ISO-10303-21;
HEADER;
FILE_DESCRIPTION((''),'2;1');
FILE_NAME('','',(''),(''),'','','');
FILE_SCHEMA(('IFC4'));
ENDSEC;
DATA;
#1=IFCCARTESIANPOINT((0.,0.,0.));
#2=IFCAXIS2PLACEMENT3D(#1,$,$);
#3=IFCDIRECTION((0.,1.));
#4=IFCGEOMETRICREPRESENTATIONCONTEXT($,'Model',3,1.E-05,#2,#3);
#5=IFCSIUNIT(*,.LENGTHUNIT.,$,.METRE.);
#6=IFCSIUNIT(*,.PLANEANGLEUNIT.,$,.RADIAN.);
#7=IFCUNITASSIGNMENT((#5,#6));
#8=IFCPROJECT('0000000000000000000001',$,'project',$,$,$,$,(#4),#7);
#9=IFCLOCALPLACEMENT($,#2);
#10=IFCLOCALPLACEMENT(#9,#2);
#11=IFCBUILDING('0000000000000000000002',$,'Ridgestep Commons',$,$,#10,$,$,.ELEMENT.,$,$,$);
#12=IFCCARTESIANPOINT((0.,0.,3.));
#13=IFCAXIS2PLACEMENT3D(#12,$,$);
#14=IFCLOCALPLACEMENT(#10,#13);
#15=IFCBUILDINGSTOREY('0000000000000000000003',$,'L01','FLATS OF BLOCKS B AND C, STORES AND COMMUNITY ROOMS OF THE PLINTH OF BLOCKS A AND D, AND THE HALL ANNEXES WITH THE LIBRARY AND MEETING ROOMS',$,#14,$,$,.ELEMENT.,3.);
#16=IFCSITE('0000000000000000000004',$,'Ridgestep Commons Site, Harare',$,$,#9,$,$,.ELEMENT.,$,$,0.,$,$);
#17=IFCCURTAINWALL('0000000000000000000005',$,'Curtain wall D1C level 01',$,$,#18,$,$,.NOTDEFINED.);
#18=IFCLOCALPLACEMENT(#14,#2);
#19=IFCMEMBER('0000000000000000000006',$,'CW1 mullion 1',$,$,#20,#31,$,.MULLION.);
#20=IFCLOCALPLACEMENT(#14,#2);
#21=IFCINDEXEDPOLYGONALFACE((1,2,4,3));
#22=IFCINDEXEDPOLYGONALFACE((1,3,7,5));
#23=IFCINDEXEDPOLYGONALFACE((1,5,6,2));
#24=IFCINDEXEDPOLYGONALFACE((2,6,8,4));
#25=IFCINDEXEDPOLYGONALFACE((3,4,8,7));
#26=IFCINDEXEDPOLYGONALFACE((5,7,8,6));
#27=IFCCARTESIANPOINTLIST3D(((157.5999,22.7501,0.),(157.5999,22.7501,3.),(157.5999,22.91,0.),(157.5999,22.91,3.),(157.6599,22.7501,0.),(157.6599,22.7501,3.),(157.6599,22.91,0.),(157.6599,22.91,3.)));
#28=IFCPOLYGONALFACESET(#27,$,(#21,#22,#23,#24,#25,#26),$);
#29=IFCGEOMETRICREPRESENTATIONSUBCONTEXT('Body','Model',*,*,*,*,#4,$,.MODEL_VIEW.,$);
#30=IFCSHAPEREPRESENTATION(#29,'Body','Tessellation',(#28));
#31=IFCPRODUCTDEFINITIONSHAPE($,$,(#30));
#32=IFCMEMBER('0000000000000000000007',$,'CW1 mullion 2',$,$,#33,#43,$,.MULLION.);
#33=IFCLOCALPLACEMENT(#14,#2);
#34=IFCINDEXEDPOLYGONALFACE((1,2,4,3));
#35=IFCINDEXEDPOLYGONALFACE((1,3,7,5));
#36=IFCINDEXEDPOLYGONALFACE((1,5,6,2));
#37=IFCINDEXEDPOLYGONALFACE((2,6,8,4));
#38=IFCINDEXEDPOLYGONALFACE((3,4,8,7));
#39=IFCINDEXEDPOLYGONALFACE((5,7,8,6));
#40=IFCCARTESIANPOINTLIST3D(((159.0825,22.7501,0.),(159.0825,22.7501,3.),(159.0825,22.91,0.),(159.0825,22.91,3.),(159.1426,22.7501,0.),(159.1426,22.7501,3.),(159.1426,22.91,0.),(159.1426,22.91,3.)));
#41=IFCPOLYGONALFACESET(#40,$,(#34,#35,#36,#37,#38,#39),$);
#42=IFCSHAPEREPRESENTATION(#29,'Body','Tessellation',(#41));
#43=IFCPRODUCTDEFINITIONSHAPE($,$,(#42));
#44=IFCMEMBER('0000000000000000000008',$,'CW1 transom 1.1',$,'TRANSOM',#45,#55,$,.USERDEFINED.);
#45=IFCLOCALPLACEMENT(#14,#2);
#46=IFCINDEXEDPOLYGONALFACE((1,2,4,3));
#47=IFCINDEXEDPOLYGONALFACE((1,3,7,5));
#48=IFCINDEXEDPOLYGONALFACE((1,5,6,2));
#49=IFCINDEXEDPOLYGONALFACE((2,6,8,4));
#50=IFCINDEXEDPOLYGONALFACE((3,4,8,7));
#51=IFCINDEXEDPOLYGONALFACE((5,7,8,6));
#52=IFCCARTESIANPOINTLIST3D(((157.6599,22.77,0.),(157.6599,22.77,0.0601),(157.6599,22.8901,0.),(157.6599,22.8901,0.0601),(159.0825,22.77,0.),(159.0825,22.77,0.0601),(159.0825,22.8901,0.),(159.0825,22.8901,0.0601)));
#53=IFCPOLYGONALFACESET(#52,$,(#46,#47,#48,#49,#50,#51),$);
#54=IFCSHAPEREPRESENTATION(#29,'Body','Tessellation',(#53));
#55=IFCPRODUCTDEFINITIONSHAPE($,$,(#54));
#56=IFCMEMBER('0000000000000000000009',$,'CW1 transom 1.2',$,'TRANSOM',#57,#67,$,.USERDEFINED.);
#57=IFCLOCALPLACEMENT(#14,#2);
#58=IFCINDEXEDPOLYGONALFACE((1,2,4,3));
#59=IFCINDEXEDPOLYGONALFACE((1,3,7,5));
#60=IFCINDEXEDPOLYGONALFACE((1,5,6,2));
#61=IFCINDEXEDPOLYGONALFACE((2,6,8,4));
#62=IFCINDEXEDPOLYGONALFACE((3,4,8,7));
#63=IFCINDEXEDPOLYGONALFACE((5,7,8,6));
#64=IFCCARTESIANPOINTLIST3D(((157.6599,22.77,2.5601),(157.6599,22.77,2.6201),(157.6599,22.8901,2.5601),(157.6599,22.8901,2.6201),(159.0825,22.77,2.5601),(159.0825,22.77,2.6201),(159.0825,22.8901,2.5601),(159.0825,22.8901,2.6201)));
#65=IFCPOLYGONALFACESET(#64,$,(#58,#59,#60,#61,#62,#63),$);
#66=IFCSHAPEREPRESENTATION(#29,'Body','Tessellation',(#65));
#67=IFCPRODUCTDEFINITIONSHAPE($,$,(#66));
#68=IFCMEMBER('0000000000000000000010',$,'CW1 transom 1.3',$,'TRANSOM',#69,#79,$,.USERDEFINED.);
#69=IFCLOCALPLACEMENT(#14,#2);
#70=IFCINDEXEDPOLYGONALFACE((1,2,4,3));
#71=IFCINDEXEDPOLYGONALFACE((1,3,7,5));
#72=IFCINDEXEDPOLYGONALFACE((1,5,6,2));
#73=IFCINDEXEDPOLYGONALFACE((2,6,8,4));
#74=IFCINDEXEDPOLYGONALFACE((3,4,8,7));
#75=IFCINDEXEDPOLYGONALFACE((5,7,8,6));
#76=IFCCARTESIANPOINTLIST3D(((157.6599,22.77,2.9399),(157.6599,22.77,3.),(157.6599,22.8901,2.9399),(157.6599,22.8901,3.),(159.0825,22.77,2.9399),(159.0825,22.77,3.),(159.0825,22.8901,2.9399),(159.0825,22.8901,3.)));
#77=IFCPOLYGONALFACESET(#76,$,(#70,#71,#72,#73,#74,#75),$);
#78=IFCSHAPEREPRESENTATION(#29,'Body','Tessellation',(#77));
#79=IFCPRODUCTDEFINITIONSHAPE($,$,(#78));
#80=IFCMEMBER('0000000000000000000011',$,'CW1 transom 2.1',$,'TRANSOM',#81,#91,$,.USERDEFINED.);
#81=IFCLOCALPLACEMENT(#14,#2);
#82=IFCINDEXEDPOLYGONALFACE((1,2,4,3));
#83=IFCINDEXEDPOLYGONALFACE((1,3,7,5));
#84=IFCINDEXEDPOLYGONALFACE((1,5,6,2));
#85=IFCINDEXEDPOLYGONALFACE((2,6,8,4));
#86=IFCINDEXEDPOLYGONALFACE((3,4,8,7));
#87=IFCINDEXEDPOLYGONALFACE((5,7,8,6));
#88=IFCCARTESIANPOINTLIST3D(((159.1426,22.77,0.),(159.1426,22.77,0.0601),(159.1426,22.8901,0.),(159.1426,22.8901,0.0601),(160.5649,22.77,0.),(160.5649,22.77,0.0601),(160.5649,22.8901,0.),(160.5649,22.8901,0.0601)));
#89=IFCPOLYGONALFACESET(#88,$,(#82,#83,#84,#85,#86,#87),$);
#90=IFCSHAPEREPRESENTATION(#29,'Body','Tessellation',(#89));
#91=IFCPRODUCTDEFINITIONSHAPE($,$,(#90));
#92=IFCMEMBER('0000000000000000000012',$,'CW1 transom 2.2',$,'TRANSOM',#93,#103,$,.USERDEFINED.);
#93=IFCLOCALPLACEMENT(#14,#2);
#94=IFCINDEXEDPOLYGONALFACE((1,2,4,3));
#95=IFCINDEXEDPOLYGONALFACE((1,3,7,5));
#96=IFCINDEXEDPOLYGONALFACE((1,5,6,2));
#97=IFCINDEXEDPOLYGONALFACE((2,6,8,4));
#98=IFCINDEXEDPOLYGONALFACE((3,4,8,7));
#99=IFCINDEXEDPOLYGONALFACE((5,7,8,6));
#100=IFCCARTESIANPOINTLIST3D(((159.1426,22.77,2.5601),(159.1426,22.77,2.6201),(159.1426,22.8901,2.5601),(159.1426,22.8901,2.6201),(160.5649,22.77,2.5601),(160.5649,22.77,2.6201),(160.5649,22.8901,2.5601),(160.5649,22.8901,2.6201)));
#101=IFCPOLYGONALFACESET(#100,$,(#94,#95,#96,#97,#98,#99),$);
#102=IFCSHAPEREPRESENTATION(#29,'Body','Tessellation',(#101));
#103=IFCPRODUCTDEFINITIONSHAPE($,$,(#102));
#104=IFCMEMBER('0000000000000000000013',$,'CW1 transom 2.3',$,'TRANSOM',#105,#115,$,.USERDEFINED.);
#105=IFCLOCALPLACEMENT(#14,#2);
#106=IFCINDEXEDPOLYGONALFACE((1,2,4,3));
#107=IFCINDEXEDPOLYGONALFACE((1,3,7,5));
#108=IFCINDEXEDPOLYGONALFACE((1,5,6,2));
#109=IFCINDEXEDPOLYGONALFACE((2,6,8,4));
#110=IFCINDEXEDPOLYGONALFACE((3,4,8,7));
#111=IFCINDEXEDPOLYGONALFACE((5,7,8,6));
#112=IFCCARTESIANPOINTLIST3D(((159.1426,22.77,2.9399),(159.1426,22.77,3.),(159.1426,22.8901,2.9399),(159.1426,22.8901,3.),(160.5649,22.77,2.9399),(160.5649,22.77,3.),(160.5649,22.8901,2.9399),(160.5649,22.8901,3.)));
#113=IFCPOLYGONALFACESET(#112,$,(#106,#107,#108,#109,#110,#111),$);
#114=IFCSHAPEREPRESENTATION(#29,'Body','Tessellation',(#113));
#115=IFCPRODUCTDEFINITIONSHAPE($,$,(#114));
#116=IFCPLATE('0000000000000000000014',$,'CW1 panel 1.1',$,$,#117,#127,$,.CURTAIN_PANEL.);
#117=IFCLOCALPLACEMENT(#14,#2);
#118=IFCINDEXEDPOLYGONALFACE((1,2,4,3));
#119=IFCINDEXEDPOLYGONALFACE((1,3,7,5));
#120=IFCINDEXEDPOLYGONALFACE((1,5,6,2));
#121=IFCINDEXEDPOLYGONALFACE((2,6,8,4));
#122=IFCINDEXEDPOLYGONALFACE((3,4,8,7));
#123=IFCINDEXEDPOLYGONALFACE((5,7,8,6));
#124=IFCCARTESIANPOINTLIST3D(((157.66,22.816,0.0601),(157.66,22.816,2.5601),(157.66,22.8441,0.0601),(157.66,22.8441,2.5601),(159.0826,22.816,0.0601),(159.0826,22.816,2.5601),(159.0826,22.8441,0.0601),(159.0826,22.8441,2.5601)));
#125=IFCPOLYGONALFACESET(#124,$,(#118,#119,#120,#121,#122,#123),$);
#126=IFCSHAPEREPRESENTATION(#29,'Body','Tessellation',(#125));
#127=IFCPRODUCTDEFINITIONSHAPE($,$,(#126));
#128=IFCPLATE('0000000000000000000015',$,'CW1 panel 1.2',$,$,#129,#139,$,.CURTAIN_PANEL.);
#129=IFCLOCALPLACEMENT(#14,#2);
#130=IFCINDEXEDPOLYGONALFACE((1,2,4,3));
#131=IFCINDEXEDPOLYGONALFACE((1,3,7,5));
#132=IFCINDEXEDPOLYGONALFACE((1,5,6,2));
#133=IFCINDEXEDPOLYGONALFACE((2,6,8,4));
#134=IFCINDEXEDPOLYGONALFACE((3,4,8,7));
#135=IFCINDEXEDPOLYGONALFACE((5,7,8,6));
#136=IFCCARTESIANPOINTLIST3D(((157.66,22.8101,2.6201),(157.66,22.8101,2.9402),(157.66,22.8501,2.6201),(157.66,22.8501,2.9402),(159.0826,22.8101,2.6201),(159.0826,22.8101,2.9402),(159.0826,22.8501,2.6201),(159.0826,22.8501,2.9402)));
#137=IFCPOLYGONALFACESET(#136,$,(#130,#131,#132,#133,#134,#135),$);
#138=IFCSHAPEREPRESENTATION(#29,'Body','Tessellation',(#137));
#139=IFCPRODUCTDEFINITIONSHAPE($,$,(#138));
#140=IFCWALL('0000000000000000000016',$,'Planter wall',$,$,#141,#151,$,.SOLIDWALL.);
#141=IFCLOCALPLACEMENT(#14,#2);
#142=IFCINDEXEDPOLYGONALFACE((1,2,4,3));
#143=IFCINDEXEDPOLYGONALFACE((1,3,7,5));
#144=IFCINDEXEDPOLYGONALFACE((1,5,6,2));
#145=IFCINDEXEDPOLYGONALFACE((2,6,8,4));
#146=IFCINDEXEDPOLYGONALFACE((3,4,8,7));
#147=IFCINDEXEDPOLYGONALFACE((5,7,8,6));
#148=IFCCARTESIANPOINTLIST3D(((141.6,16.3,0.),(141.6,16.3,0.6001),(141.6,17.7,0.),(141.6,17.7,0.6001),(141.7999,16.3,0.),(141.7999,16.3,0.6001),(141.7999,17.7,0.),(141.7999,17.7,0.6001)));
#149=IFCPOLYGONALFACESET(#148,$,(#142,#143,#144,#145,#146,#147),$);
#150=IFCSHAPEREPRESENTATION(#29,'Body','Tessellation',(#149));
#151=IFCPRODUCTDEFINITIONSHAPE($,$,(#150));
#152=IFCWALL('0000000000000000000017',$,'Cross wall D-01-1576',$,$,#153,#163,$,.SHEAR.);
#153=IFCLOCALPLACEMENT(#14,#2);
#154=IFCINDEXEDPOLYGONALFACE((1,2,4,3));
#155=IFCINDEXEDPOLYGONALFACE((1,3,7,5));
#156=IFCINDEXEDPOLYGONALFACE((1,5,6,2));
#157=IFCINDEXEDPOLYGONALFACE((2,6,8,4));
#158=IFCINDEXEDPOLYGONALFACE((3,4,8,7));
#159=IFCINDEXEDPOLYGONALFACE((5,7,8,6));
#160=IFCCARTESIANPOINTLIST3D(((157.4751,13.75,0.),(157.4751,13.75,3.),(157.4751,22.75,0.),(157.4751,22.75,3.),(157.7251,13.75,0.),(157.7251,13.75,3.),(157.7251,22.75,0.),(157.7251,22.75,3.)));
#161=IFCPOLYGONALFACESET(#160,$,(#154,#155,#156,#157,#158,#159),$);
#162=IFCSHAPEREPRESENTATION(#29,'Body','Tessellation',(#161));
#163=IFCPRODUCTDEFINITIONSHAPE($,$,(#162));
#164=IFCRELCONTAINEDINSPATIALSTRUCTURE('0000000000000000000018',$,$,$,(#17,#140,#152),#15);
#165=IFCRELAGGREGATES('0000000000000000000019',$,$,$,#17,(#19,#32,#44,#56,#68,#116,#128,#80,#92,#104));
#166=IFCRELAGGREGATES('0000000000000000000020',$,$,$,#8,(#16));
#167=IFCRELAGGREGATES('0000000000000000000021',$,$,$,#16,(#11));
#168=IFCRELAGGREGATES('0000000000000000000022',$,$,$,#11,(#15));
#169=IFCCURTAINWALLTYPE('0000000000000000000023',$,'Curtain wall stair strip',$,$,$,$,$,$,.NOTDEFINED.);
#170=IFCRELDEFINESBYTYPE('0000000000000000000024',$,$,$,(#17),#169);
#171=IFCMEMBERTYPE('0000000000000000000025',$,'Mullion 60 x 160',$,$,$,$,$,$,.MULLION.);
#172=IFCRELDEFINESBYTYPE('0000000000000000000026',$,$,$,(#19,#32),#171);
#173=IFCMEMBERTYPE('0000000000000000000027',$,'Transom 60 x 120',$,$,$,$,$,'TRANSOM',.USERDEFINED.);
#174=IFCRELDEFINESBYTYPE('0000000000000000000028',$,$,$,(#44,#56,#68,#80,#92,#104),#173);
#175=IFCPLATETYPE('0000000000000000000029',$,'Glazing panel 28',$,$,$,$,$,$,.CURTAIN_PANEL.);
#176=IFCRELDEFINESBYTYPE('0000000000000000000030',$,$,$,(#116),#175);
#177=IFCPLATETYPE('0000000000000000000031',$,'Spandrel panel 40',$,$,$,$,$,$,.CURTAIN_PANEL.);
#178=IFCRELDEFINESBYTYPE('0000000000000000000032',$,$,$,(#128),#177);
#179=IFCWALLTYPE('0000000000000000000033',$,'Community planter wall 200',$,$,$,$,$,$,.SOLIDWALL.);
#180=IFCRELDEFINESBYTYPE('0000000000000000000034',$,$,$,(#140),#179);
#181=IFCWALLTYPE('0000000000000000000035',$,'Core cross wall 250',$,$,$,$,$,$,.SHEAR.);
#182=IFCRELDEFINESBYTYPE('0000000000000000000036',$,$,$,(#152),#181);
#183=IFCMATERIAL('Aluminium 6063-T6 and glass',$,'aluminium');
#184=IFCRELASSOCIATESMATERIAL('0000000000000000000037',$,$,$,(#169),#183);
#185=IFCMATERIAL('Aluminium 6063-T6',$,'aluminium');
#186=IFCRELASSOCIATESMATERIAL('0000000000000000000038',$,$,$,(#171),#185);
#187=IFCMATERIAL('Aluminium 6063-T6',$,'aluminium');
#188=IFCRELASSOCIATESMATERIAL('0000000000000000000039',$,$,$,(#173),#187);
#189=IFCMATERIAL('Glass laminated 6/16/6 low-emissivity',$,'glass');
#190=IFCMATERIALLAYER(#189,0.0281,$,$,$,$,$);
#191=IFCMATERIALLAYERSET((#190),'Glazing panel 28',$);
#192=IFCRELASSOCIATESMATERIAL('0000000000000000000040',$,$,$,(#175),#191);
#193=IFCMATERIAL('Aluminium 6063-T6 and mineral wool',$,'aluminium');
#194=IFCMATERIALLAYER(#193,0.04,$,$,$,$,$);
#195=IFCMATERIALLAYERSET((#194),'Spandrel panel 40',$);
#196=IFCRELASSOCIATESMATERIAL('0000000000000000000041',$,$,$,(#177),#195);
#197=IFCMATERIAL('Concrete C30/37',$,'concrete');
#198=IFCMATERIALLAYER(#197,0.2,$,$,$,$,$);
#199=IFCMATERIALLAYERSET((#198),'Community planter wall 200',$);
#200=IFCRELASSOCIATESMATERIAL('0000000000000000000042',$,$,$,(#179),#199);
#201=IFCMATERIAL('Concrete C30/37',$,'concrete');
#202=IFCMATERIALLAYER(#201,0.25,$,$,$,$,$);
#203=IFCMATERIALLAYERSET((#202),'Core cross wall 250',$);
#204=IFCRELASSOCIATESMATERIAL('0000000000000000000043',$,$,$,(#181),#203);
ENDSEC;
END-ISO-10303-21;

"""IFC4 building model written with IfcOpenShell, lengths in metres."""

from ifc_helpers import new_model, si_unit, direction, frame, frame_2d, origin, origin_2d, place, context, subcontext, project, spatial, rectangle, extrude, material, layer, layer_set, material_profile, profile_set, type_object, element, aggregate, save


model = new_model("IFC4")

# Units and contexts
model_context = context("Model", 3, precision=1e-05, world=origin(), true_north=direction((0.0, 1.0)))
body_context = subcontext(model_context, "Body", "Model", "MODEL_VIEW")
ifc_project = project(units=[si_unit("LENGTHUNIT", "METRE"), si_unit("PLANEANGLEUNIT", "RADIAN")], contexts=[model_context])

# Site, building, storey
site_placement = place(None, origin())
site = spatial("IfcSite", under=ifc_project, at=site_placement, Name="Ridgestep Commons Site, Harare", CompositionType="ELEMENT", RefElevation=0.0)
building_placement = place(site_placement, origin())
building = spatial("IfcBuilding", under=site, at=building_placement, Name="Ridgestep Commons", CompositionType="ELEMENT")
storey_placement = place(building_placement, frame((0.0, 0.0, 3.0)))
storey = spatial("IfcBuildingStorey", under=building, at=storey_placement, Name="L01", Description="FLATS OF BLOCKS B AND C, STORES AND COMMUNITY ROOMS OF THE PLINTH OF BLOCKS A AND D, AND THE HALL ANNEXES WITH THE LIBRARY AND MEETING ROOMS", CompositionType="ELEMENT", Elevation=3.0)

# Curtain wall, members, plates
ifc_material_1 = material(Name="Aluminium 6063-T6 and glass", Category="aluminium")
curtain_wall_type = type_object("IfcCurtainWallType", Name="Curtain wall stair strip", PredefinedType="NOTDEFINED", material=ifc_material_1)
curtain_wall_placement = place(storey_placement, origin())
curtain_wall = element("IfcCurtainWall", 1, at=curtain_wall_placement, inside=storey, type_object=curtain_wall_type, Name="Curtain wall D1C level 01", PredefinedType="NOTDEFINED")
ifc_material_2 = material(Name="Aluminium 6063-T6", Category="aluminium")
ifc_material_profile_1 = material_profile(ifc_material_2, rectangle(XDim=0.1599, YDim=0.0601, at=origin_2d()), Name="Mullion 60 x 160")
ifc_profile_set_1 = profile_set([ifc_material_profile_1], Name="Aluminium 6063-T6")
member_type_1 = type_object("IfcMemberType", Name="Mullion 60 x 160", PredefinedType="MULLION", material=ifc_profile_set_1)
member_1_placement = place(storey_placement, frame((157.6299, 22.8301, 0.0), z_axis=(0.0, 0.0, 1.0), x_axis=(0.0, 1.0, 0.0)))
member_1 = element("IfcMember", 2, at=member_1_placement, type_object=member_type_1, Name="CW1 mullion 1", PredefinedType="MULLION", context=body_context, shape_type="SweptSolid", body=[
    extrude(rectangle(XDim=0.1599, YDim=0.0601, at=origin_2d()), origin(), (0.0, 0.0, 1.0), 3.0),
])
member_2_placement = place(storey_placement, frame((159.1125, 22.8301, 0.0), z_axis=(0.0, 0.0, 1.0), x_axis=(0.0, 1.0, 0.0)))
member_2 = element("IfcMember", 3, at=member_2_placement, type_object=member_type_1, Name="CW1 mullion 2", PredefinedType="MULLION", context=body_context, shape_type="SweptSolid", body=[
    extrude(rectangle(XDim=0.1599, YDim=0.0601, at=origin_2d()), origin(), (0.0, 0.0, 1.0), 3.0),
])
ifc_material_3 = material(Name="Aluminium 6063-T6", Category="aluminium")
ifc_material_profile_2 = material_profile(ifc_material_3, rectangle(XDim=0.1201, YDim=0.0601, at=origin_2d()), Name="Transom 60 x 120")
ifc_profile_set_2 = profile_set([ifc_material_profile_2], Name="Aluminium 6063-T6")
member_type_2 = type_object("IfcMemberType", Name="Transom 60 x 120", ElementType="TRANSOM", PredefinedType="USERDEFINED", material=ifc_profile_set_2)
member_3_placement = place(storey_placement, frame((157.6599, 22.8301, 0.03), z_axis=(1.0, 0.0, 0.0), x_axis=(0.0, 1.0, 0.0)))
member_3 = element("IfcMember", 4, at=member_3_placement, type_object=member_type_2, Name="CW1 transom 1.1", ObjectType="TRANSOM", PredefinedType="USERDEFINED", context=body_context, shape_type="SweptSolid", body=[
    extrude(rectangle(XDim=0.1201, YDim=0.0601, at=origin_2d()), origin(), (0.0, 0.0, 1.0), 1.4226),
])
member_4_placement = place(storey_placement, frame((157.6599, 22.8301, 2.5901), z_axis=(1.0, 0.0, 0.0), x_axis=(0.0, 1.0, 0.0)))
member_4 = element("IfcMember", 5, at=member_4_placement, type_object=member_type_2, Name="CW1 transom 1.2", ObjectType="TRANSOM", PredefinedType="USERDEFINED", context=body_context, shape_type="SweptSolid", body=[
    extrude(rectangle(XDim=0.1201, YDim=0.0601, at=origin_2d()), origin(), (0.0, 0.0, 1.0), 1.4226),
])
member_5_placement = place(storey_placement, frame((157.6599, 22.8301, 2.97), z_axis=(1.0, 0.0, 0.0), x_axis=(0.0, 1.0, 0.0)))
member_5 = element("IfcMember", 6, at=member_5_placement, type_object=member_type_2, Name="CW1 transom 1.3", ObjectType="TRANSOM", PredefinedType="USERDEFINED", context=body_context, shape_type="SweptSolid", body=[
    extrude(rectangle(XDim=0.1201, YDim=0.0601, at=origin_2d()), origin(), (0.0, 0.0, 1.0), 1.4226),
])
member_6_placement = place(storey_placement, frame((159.1426, 22.8301, 0.03), z_axis=(1.0, 0.0, 0.0), x_axis=(0.0, 1.0, 0.0)))
member_6 = element("IfcMember", 7, at=member_6_placement, type_object=member_type_2, Name="CW1 transom 2.1", ObjectType="TRANSOM", PredefinedType="USERDEFINED", context=body_context, shape_type="SweptSolid", body=[
    extrude(rectangle(XDim=0.1201, YDim=0.0601, at=origin_2d()), origin(), (0.0, 0.0, 1.0), 1.4224),
])
member_7_placement = place(storey_placement, frame((159.1426, 22.8301, 2.5901), z_axis=(1.0, 0.0, 0.0), x_axis=(0.0, 1.0, 0.0)))
member_7 = element("IfcMember", 8, at=member_7_placement, type_object=member_type_2, Name="CW1 transom 2.2", ObjectType="TRANSOM", PredefinedType="USERDEFINED", context=body_context, shape_type="SweptSolid", body=[
    extrude(rectangle(XDim=0.1201, YDim=0.0601, at=origin_2d()), origin(), (0.0, 0.0, 1.0), 1.4224),
])
member_8_placement = place(storey_placement, frame((159.1426, 22.8301, 2.97), z_axis=(1.0, 0.0, 0.0), x_axis=(0.0, 1.0, 0.0)))
member_8 = element("IfcMember", 9, at=member_8_placement, type_object=member_type_2, Name="CW1 transom 2.3", ObjectType="TRANSOM", PredefinedType="USERDEFINED", context=body_context, shape_type="SweptSolid", body=[
    extrude(rectangle(XDim=0.1201, YDim=0.0601, at=origin_2d()), origin(), (0.0, 0.0, 1.0), 1.4224),
])
ifc_material_4 = material(Name="Glass laminated 6/16/6 low-emissivity", Category="glass")
ifc_layer_1 = layer(ifc_material_4, 0.0281)
ifc_layer_set_1 = layer_set([ifc_layer_1], Name="Glazing panel 28")
plate_type_1 = type_object("IfcPlateType", Name="Glazing panel 28", PredefinedType="CURTAIN_PANEL", material=ifc_layer_set_1)
plate_1_placement = place(storey_placement, frame((158.3713, 22.8301, 0.0601), z_axis=(0.0, 0.0, 1.0), x_axis=(1.0, 0.0, 0.0)))
plate_1 = element("IfcPlate", 10, at=plate_1_placement, type_object=plate_type_1, Name="CW1 panel 1.1", PredefinedType="CURTAIN_PANEL", context=body_context, shape_type="SweptSolid", body=[
    extrude(rectangle(XDim=1.4226, YDim=0.0281, at=origin_2d()), origin(), (0.0, 0.0, 1.0), 2.5),
])
ifc_material_5 = material(Name="Aluminium 6063-T6 and mineral wool", Category="aluminium")
ifc_layer_2 = layer(ifc_material_5, 0.04)
ifc_layer_set_2 = layer_set([ifc_layer_2], Name="Spandrel panel 40")
plate_type_2 = type_object("IfcPlateType", Name="Spandrel panel 40", PredefinedType="CURTAIN_PANEL", material=ifc_layer_set_2)
plate_2_placement = place(storey_placement, frame((158.3713, 22.8301, 2.6201), z_axis=(0.0, 0.0, 1.0), x_axis=(1.0, 0.0, 0.0)))
plate_2 = element("IfcPlate", 11, at=plate_2_placement, type_object=plate_type_2, Name="CW1 panel 1.2", PredefinedType="CURTAIN_PANEL", context=body_context, shape_type="SweptSolid", body=[
    extrude(rectangle(XDim=1.4226, YDim=0.04, at=origin_2d()), origin(), (0.0, 0.0, 1.0), 0.3201),
])
aggregate(curtain_wall, [member_1, member_2, member_3, member_4, member_5, plate_1, plate_2, member_6, member_7, member_8])

# Walls
ifc_material_6 = material(Name="Concrete C30/37", Category="concrete")
ifc_layer_3 = layer(ifc_material_6, 0.2)
ifc_layer_set_3 = layer_set([ifc_layer_3], Name="Community planter wall 200")
wall_type_1 = type_object("IfcWallType", Name="Community planter wall 200", PredefinedType="SOLIDWALL", material=ifc_layer_set_3)
wall_1_placement = place(storey_placement, frame((141.7, 16.3, 0.0), z_axis=(0.0, 0.0, 1.0), x_axis=(0.0, 1.0, 0.0)))
element("IfcWall", 12, at=wall_1_placement, inside=storey, type_object=wall_type_1, Name="Planter wall", PredefinedType="SOLIDWALL", context=body_context, shape_type="SweptSolid", body=[
    extrude(rectangle(XDim=1.3999, YDim=0.2, at=frame_2d((0.7, 0.0))), origin(), (0.0, 0.0, 1.0), 0.6001),
])
ifc_material_7 = material(Name="Concrete C30/37", Category="concrete")
ifc_layer_4 = layer(ifc_material_7, 0.25)
ifc_layer_set_4 = layer_set([ifc_layer_4], Name="Core cross wall 250")
wall_type_2 = type_object("IfcWallType", Name="Core cross wall 250", PredefinedType="SHEAR", material=ifc_layer_set_4)
wall_2_placement = place(storey_placement, frame((157.6001, 13.75, 0.0), z_axis=(0.0, 0.0, 1.0), x_axis=(0.0, 1.0, 0.0)))
element("IfcWall", 13, at=wall_2_placement, inside=storey, type_object=wall_type_2, Name="Cross wall D-01-1576", PredefinedType="SHEAR", context=body_context, shape_type="SweptSolid", body=[
    extrude(rectangle(XDim=9.0, YDim=0.25, at=frame_2d((4.5, 0.0))), origin(), (0.0, 0.0, 1.0), 3.0),
])

save(model, "model.ifc")
